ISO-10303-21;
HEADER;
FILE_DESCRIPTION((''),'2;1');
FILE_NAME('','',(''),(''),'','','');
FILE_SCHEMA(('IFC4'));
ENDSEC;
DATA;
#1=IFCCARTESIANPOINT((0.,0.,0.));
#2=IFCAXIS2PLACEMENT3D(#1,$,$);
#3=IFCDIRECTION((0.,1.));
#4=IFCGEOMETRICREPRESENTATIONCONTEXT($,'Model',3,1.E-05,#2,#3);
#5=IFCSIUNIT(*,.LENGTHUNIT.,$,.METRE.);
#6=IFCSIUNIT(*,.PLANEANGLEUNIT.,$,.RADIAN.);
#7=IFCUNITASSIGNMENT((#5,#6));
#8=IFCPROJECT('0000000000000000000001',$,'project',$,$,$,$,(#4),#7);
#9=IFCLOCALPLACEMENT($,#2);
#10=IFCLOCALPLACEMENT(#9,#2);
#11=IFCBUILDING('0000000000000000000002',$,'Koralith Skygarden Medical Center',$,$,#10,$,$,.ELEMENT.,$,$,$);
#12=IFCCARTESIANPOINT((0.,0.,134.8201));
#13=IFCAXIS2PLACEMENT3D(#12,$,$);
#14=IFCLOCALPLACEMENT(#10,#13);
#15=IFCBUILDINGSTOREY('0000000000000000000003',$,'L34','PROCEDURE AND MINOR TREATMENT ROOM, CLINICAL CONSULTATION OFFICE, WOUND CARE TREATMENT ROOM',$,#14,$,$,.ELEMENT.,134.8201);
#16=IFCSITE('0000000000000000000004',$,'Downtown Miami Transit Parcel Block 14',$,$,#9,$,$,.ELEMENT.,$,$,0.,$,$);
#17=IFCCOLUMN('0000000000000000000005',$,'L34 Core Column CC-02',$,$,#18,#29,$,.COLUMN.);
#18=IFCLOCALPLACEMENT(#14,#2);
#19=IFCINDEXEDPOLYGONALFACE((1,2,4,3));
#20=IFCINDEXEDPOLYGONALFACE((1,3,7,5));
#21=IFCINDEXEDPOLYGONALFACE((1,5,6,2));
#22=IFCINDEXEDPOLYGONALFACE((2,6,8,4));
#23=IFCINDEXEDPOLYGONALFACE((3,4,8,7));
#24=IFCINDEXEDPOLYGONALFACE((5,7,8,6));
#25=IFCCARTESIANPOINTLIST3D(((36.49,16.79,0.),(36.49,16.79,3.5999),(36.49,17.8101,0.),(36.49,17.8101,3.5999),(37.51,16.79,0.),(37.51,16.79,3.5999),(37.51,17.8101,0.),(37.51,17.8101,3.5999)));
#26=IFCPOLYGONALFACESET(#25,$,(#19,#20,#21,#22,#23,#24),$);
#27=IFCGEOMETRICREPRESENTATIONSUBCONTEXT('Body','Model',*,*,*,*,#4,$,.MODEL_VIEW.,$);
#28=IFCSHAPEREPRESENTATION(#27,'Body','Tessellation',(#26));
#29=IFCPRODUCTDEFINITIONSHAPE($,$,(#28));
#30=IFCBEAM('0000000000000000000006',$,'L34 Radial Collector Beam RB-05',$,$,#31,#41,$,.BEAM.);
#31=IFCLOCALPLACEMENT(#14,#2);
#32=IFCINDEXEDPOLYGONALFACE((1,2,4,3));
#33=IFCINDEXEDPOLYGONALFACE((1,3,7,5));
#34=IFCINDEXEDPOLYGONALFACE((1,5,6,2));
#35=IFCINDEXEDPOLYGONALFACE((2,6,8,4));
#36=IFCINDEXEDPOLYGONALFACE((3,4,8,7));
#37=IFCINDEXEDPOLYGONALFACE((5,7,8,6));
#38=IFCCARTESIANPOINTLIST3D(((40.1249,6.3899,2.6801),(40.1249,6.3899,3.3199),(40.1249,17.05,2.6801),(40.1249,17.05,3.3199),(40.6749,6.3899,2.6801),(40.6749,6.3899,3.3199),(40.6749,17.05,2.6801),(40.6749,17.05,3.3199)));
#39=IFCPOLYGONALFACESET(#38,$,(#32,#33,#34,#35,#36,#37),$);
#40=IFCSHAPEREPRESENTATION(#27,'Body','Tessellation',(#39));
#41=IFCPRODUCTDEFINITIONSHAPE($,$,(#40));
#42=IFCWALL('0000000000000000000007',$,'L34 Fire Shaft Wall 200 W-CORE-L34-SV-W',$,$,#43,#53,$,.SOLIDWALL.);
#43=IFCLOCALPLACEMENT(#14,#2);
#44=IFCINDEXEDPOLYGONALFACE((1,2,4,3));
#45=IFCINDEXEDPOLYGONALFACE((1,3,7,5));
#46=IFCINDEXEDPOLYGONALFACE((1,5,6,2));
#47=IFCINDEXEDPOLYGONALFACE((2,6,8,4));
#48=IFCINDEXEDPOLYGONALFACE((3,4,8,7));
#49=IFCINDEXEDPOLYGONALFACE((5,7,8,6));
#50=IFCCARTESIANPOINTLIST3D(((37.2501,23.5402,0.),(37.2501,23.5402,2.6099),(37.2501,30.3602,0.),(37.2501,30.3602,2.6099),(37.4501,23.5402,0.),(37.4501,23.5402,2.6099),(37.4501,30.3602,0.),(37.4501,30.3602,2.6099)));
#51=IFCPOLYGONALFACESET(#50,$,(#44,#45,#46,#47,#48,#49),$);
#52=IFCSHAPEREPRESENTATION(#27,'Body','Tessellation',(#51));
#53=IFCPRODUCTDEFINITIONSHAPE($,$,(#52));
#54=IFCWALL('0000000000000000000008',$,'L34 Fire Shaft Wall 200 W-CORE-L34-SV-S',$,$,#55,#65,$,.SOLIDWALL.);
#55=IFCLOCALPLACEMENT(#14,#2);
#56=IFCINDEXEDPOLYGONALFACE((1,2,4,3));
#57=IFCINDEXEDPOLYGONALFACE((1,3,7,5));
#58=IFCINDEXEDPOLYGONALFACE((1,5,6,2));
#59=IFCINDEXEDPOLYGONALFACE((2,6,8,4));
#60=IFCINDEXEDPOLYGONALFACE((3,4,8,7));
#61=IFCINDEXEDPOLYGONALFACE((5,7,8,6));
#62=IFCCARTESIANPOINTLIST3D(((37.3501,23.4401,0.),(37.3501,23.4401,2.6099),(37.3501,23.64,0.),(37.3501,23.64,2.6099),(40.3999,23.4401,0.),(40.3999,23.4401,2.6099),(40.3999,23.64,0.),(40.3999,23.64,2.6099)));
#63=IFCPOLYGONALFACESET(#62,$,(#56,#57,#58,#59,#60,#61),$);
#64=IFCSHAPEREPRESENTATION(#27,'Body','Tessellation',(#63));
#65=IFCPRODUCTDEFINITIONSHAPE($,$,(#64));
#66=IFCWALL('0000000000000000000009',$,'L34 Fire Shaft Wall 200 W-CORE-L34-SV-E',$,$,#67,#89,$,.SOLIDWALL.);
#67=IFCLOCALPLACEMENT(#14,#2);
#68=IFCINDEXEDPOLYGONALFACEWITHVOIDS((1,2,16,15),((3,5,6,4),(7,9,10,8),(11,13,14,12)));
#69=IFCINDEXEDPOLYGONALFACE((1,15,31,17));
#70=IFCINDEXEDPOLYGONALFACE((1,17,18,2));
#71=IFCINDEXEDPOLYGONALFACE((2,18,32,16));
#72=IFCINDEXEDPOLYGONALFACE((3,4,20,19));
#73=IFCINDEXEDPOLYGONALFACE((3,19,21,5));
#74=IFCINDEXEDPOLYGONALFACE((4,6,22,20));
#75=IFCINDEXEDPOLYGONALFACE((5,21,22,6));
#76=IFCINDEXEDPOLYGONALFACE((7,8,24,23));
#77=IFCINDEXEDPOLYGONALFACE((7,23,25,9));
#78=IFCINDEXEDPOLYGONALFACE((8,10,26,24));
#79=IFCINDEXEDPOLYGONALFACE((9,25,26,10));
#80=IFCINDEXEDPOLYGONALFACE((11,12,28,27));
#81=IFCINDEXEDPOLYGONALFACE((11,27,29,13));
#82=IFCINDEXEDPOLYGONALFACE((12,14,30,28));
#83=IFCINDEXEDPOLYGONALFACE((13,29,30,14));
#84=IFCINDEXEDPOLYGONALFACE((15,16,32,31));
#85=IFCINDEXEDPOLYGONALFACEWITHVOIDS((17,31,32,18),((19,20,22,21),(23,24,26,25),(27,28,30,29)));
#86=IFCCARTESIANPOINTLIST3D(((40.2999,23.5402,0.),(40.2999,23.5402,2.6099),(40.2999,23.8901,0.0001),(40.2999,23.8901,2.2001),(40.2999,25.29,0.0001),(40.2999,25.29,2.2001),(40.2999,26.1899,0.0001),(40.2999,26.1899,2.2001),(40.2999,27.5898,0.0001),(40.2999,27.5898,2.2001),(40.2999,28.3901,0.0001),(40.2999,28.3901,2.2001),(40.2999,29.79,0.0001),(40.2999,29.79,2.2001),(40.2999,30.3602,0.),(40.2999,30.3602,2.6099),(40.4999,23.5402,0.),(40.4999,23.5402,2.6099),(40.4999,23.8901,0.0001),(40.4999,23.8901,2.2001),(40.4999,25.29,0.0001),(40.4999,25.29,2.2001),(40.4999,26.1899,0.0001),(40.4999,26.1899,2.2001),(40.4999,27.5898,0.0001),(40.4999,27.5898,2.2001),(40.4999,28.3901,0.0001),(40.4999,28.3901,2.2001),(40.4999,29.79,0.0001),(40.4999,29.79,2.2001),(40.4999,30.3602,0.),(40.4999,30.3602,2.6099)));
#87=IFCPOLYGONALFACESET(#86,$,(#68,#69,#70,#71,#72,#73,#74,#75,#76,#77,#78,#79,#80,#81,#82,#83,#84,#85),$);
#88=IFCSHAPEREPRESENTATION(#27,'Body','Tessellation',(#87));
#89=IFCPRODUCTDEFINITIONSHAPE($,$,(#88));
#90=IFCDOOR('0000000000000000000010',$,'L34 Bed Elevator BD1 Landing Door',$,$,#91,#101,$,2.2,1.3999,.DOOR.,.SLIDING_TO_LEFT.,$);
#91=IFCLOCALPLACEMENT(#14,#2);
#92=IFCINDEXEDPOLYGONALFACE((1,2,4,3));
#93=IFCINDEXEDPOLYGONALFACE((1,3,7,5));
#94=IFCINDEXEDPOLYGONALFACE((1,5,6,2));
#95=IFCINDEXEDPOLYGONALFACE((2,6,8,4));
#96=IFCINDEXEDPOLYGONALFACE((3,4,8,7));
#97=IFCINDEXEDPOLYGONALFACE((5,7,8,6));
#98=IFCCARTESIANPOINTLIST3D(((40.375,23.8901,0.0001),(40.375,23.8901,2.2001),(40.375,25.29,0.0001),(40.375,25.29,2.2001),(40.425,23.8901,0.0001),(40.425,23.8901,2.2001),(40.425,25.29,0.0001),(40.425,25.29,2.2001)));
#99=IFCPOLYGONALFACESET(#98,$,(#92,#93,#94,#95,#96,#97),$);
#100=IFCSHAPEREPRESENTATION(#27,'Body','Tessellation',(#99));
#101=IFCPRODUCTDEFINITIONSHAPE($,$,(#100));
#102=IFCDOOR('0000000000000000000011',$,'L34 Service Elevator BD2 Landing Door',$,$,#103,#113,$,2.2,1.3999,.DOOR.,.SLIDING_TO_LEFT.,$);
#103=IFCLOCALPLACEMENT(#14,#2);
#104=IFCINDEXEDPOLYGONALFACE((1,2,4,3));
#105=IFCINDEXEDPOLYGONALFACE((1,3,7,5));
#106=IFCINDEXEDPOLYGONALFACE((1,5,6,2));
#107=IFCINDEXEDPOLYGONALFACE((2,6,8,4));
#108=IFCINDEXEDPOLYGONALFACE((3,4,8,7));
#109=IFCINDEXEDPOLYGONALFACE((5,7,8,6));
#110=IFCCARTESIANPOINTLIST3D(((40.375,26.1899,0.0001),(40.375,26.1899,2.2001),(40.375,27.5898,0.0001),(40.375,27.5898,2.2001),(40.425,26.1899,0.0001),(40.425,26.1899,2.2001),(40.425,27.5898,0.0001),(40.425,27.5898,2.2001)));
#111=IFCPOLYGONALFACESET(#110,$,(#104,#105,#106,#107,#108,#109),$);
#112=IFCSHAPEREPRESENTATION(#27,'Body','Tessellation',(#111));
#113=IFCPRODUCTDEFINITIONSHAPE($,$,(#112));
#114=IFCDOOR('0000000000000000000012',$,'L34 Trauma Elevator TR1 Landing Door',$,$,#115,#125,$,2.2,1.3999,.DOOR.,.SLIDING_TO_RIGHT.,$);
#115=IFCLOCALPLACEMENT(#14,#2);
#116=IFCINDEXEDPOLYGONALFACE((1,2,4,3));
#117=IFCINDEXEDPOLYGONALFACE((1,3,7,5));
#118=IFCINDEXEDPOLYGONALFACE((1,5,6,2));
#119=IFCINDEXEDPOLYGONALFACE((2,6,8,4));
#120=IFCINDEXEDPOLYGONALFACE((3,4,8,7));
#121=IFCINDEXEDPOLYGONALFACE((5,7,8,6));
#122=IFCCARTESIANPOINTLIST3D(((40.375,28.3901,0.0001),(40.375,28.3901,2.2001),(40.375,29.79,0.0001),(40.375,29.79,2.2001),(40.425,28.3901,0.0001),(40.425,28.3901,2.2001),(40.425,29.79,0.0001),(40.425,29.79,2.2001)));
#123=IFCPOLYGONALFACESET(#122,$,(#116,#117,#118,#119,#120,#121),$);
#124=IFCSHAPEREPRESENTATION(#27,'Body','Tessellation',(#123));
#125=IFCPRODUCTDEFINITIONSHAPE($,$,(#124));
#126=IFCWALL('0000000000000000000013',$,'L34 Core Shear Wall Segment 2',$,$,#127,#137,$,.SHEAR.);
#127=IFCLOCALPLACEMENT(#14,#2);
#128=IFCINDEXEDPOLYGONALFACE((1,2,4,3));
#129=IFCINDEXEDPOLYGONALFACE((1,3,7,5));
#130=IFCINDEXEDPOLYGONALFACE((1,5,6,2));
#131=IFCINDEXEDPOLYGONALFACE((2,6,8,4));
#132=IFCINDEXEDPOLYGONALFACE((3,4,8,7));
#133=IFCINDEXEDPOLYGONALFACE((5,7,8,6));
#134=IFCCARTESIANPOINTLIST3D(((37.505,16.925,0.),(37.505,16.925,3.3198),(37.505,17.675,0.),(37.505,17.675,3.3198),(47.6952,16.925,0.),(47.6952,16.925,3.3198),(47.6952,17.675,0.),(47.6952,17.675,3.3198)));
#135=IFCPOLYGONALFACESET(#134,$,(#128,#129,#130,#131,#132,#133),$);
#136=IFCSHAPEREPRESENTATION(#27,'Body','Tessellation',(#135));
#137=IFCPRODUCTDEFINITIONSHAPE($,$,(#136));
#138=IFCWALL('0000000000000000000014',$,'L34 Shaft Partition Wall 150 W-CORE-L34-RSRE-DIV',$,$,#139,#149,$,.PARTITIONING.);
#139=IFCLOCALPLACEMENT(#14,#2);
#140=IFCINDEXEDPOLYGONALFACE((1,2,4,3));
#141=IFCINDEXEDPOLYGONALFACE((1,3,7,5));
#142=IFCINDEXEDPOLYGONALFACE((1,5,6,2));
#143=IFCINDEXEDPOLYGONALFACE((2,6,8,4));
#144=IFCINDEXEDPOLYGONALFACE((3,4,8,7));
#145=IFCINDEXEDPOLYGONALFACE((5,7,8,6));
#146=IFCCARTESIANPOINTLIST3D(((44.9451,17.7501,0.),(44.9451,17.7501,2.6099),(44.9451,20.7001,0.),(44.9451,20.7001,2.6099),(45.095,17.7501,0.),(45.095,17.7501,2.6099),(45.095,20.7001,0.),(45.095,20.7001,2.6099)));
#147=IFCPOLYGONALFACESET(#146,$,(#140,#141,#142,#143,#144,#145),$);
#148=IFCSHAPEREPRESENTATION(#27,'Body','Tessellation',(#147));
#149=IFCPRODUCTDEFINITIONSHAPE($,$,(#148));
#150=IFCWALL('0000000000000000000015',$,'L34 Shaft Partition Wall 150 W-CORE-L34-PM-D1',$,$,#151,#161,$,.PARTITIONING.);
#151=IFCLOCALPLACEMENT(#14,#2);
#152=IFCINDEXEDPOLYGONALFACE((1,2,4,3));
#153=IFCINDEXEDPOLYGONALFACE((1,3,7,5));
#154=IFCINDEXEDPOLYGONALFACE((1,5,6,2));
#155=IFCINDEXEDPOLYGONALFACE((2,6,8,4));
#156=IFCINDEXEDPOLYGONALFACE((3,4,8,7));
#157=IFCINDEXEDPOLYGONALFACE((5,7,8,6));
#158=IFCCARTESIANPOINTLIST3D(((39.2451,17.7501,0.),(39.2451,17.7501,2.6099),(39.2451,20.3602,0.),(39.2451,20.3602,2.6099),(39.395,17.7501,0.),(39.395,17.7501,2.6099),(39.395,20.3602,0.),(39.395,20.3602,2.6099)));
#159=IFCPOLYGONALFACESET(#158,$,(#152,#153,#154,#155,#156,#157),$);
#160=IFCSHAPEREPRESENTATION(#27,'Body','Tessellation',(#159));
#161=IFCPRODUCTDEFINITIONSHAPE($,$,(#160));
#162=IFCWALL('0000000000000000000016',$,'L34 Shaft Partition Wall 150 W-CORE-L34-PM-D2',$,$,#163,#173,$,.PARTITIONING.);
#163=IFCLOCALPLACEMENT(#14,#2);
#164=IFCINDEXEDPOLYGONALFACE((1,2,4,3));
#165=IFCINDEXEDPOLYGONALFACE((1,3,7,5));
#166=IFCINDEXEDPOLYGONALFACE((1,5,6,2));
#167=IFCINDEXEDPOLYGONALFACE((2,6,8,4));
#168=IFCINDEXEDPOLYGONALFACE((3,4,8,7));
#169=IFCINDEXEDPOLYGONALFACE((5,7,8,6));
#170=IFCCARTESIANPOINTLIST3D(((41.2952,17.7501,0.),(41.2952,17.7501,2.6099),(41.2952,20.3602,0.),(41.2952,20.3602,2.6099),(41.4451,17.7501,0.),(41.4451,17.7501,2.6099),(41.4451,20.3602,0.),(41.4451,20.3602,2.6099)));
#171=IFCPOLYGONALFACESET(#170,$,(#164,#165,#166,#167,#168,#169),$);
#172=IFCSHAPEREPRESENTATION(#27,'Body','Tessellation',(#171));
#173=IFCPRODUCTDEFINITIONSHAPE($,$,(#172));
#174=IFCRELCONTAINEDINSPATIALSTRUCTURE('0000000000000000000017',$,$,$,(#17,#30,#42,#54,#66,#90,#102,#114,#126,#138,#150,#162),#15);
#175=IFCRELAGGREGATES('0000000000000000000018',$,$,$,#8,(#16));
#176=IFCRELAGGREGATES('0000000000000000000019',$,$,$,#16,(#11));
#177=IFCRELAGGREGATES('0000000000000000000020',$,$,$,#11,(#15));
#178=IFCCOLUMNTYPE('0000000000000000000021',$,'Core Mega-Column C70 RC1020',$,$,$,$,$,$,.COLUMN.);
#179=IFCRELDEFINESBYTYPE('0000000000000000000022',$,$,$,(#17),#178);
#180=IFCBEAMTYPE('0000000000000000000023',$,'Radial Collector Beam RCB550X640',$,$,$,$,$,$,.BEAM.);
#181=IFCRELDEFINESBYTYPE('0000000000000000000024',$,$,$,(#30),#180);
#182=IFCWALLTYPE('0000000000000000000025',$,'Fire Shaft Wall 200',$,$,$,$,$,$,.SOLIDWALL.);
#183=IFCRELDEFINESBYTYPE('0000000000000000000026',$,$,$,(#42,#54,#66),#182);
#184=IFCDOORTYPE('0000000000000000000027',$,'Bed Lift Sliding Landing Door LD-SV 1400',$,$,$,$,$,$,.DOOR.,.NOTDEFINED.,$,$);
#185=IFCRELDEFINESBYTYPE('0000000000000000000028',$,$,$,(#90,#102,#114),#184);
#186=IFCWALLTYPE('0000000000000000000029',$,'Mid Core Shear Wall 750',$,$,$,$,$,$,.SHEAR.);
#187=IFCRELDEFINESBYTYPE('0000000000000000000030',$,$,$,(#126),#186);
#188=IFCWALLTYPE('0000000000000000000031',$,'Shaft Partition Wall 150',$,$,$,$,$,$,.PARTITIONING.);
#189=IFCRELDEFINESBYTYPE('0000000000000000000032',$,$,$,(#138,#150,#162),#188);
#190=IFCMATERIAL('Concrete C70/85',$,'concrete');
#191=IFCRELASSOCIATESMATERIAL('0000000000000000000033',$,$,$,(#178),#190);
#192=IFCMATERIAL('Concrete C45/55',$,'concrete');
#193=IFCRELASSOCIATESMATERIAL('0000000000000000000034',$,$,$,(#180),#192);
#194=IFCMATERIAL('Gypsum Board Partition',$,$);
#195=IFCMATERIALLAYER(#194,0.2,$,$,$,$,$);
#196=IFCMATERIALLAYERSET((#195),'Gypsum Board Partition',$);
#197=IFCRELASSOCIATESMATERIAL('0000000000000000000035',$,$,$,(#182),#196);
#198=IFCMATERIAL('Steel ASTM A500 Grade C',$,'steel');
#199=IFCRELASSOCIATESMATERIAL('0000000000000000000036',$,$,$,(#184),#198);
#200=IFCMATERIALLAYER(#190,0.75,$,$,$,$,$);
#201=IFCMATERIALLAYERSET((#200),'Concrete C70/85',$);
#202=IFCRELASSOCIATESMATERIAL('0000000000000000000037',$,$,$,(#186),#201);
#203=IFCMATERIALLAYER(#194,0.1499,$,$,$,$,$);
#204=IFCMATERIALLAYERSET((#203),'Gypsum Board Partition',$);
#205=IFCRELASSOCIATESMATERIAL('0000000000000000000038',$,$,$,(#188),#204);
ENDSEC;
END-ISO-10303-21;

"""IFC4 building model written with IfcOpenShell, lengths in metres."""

from ifc_helpers import new_model, si_unit, direction, frame, frame_2d, origin, origin_2d, place, context, subcontext, project, spatial, rectangle, extrude, material, layer, layer_set, material_profile, profile_set, type_object, element, fill, save


model = new_model("IFC4")

# Units and contexts
model_context = context("Model", 3, precision=1e-05, world=origin(), true_north=direction((0.0, 1.0)))
body_context = subcontext(model_context, "Body", "Model", "MODEL_VIEW")
ifc_project = project(units=[si_unit("LENGTHUNIT", "METRE"), si_unit("PLANEANGLEUNIT", "RADIAN")], contexts=[model_context])

# Site, building, storey
site_placement = place(None, origin())
site = spatial("IfcSite", under=ifc_project, at=site_placement, Name="Downtown Miami Transit Parcel Block 14", CompositionType="ELEMENT", RefElevation=0.0)
building_placement = place(site_placement, origin())
building = spatial("IfcBuilding", under=site, at=building_placement, Name="Koralith Skygarden Medical Center", CompositionType="ELEMENT")
storey_placement = place(building_placement, frame((0.0, 0.0, 134.8201)))
storey = spatial("IfcBuildingStorey", under=building, at=storey_placement, Name="L34", Description="PROCEDURE AND MINOR TREATMENT ROOM, CLINICAL CONSULTATION OFFICE, WOUND CARE TREATMENT ROOM", CompositionType="ELEMENT", Elevation=134.8201)

# Column
ifc_material_1 = material(Name="Concrete C70/85", Category="concrete")
ifc_material_profile_1 = material_profile(ifc_material_1, rectangle(XDim=1.02, YDim=1.02, at=origin_2d()), Name="RC1020X1020")
ifc_profile_set_1 = profile_set([ifc_material_profile_1], Name="Concrete C70/85")
column_type = type_object("IfcColumnType", Name="Core Mega-Column C70 RC1020", PredefinedType="COLUMN", material=ifc_profile_set_1)
column_placement = place(storey_placement, frame((37.0, 17.3, 0.0), z_axis=(0.0, 0.0, 1.0), x_axis=(1.0, 0.0, 0.0)))
element("IfcColumn", 1, at=column_placement, inside=storey, type_object=column_type, Name="L34 Core Column CC-02", PredefinedType="COLUMN", context=body_context, shape_type="SweptSolid", body=[
    extrude(rectangle(XDim=1.02, YDim=1.02, at=origin_2d()), origin(), (0.0, 0.0, 1.0), 3.5999),
])

# Beam
ifc_material_2 = material(Name="Concrete C45/55", Category="concrete")
ifc_material_profile_2 = material_profile(ifc_material_2, rectangle(XDim=0.55, YDim=0.6399, at=origin_2d()), Name="RCB550X640")
ifc_profile_set_2 = profile_set([ifc_material_profile_2], Name="Concrete C45/55")
beam_type = type_object("IfcBeamType", Name="Radial Collector Beam RCB550X640", PredefinedType="BEAM", material=ifc_profile_set_2)
beam_placement = place(storey_placement, frame((40.3999, 17.05, 3.0), z_axis=(0.0, -1.0, 0.0), x_axis=(1.0, 0.0, 0.0)))
element("IfcBeam", 2, at=beam_placement, inside=storey, type_object=beam_type, Name="L34 Radial Collector Beam RB-05", PredefinedType="BEAM", context=body_context, shape_type="SweptSolid", body=[
    extrude(rectangle(XDim=0.55, YDim=0.6399, at=origin_2d()), origin(), (0.0, 0.0, 1.0), 10.6602),
])

# Shared definitions
ifc_material_3 = material(Name="Gypsum Board Partition")
ifc_layer_1 = layer(ifc_material_3, 0.2)
ifc_layer_set_1 = layer_set([ifc_layer_1], Name="Gypsum Board Partition")
wall_type_1 = type_object("IfcWallType", Name="Fire Shaft Wall 200", PredefinedType="SOLIDWALL", material=ifc_layer_set_1)
ifc_material_4 = material(Name="Steel ASTM A500 Grade C", Category="steel")

# Walls
wall_1_placement = place(storey_placement, frame((37.3501, 23.54, 0.0), z_axis=(0.0, 0.0, 1.0), x_axis=(0.0, 1.0, 0.0)))
element("IfcWall", 3, at=wall_1_placement, inside=storey, type_object=wall_type_1, Name="L34 Fire Shaft Wall 200 W-CORE-L34-SV-W", PredefinedType="SOLIDWALL", context=body_context, shape_type="SweptSolid", body=[
    extrude(rectangle(XDim=6.8201, YDim=0.2, at=frame_2d((3.4102, 0.0))), origin(), (0.0, 0.0, 1.0), 2.6099),
])
wall_2_placement = place(storey_placement, frame((37.3501, 23.54, 0.0), z_axis=(0.0, 0.0, 1.0), x_axis=(1.0, 0.0, 0.0)))
element("IfcWall", 4, at=wall_2_placement, inside=storey, type_object=wall_type_1, Name="L34 Fire Shaft Wall 200 W-CORE-L34-SV-S", PredefinedType="SOLIDWALL", context=body_context, shape_type="SweptSolid", body=[
    extrude(rectangle(XDim=3.0498, YDim=0.2, at=frame_2d((1.5249, 0.0))), origin(), (0.0, 0.0, 1.0), 2.6099),
])

# Wall, openings, doors
wall_3_placement = place(storey_placement, frame((40.3999, 23.54, 0.0), z_axis=(0.0, 0.0, 1.0), x_axis=(0.0, 1.0, 0.0)))
wall_3 = element("IfcWall", 5, at=wall_3_placement, inside=storey, type_object=wall_type_1, Name="L34 Fire Shaft Wall 200 W-CORE-L34-SV-E", PredefinedType="SOLIDWALL", context=body_context, shape_type="SweptSolid", body=[
    extrude(rectangle(XDim=6.8201, YDim=0.2, at=frame_2d((3.4102, 0.0))), origin(), (0.0, 0.0, 1.0), 2.6099),
])
opening_1_placement = place(wall_3_placement, frame((0.3501, 0.0, 0.0)))
opening_1 = element("IfcOpeningElement", 6, at=opening_1_placement, cuts=wall_3, PredefinedType="OPENING", context=body_context, shape_type="SweptSolid", body=[
    extrude(rectangle(XDim=1.3999, YDim=2.2, at=frame_2d((0.7, 1.1001))), frame((0.0, 0.1099, 0.0), z_axis=(0.0, -1.0, 0.0), x_axis=(1.0, 0.0, 0.0)), (0.0, 0.0, 1.0), 0.22),
])
opening_2_placement = place(wall_3_placement, frame((2.6499, 0.0, 0.0)))
opening_2 = element("IfcOpeningElement", 7, at=opening_2_placement, cuts=wall_3, PredefinedType="OPENING", context=body_context, shape_type="SweptSolid", body=[
    extrude(rectangle(XDim=1.3999, YDim=2.2, at=frame_2d((0.7, 1.1001))), frame((0.0, 0.1099, 0.0), z_axis=(0.0, -1.0, 0.0), x_axis=(1.0, 0.0, 0.0)), (0.0, 0.0, 1.0), 0.22),
])
opening_3_placement = place(wall_3_placement, frame((4.8501, 0.0, 0.0)))
opening_3 = element("IfcOpeningElement", 8, at=opening_3_placement, cuts=wall_3, PredefinedType="OPENING", context=body_context, shape_type="SweptSolid", body=[
    extrude(rectangle(XDim=1.3999, YDim=2.2, at=frame_2d((0.7, 1.1001))), frame((0.0, 0.1099, 0.0), z_axis=(0.0, -1.0, 0.0), x_axis=(1.0, 0.0, 0.0)), (0.0, 0.0, 1.0), 0.22),
])
door_type_1 = type_object("IfcDoorType", Name="Bed Lift Sliding Landing Door LD-SV 1400", OperationType="NOTDEFINED", PredefinedType="DOOR", material=ifc_material_4)
door_1_placement = place(opening_1_placement, origin())
door_1 = element("IfcDoor", 9, at=door_1_placement, inside=storey, type_object=door_type_1, Name="L34 Bed Elevator BD1 Landing Door", OperationType="SLIDING_TO_LEFT", OverallHeight=2.2, OverallWidth=1.3999, PredefinedType="DOOR", context=body_context, shape_type="SweptSolid", body=[
    extrude(rectangle(XDim=1.3999, YDim=2.2, at=frame_2d((0.7, 1.1001))), frame((0.0, 0.0249, 0.0), z_axis=(0.0, -1.0, 0.0), x_axis=(1.0, 0.0, 0.0)), (0.0, 0.0, 1.0), 0.05),
])
fill(opening_1, door_1)
door_2_placement = place(opening_2_placement, origin())
door_2 = element("IfcDoor", 10, at=door_2_placement, inside=storey, type_object=door_type_1, Name="L34 Service Elevator BD2 Landing Door", OperationType="SLIDING_TO_LEFT", OverallHeight=2.2, OverallWidth=1.3999, PredefinedType="DOOR", context=body_context, shape_type="SweptSolid", body=[
    extrude(rectangle(XDim=1.3999, YDim=2.2, at=frame_2d((0.7, 1.1001))), frame((0.0, 0.0249, 0.0), z_axis=(0.0, -1.0, 0.0), x_axis=(1.0, 0.0, 0.0)), (0.0, 0.0, 1.0), 0.05),
])
fill(opening_2, door_2)
door_3_placement = place(opening_3_placement, origin())
door_3 = element("IfcDoor", 11, at=door_3_placement, inside=storey, type_object=door_type_1, Name="L34 Trauma Elevator TR1 Landing Door", OperationType="SLIDING_TO_RIGHT", OverallHeight=2.2, OverallWidth=1.3999, PredefinedType="DOOR", context=body_context, shape_type="SweptSolid", body=[
    extrude(rectangle(XDim=1.3999, YDim=2.2, at=frame_2d((0.7, 1.1001))), frame((0.0, 0.0249, 0.0), z_axis=(0.0, -1.0, 0.0), x_axis=(1.0, 0.0, 0.0)), (0.0, 0.0, 1.0), 0.05),
])
fill(opening_3, door_3)

# Walls
ifc_layer_2 = layer(ifc_material_1, 0.75)
ifc_layer_set_2 = layer_set([ifc_layer_2], Name="Concrete C70/85")
wall_type_2 = type_object("IfcWallType", Name="Mid Core Shear Wall 750", PredefinedType="SHEAR", material=ifc_layer_set_2)
wall_4_placement = place(storey_placement, frame((37.5049, 17.3, 0.0), z_axis=(0.0, 0.0, 1.0), x_axis=(1.0, 0.0, 0.0)))
element("IfcWall", 12, at=wall_4_placement, inside=storey, type_object=wall_type_2, Name="L34 Core Shear Wall Segment 2", PredefinedType="SHEAR", context=body_context, shape_type="SweptSolid", body=[
    extrude(rectangle(XDim=10.1902, YDim=0.75, at=frame_2d((5.0952, 0.0))), origin(), (0.0, 0.0, 1.0), 3.3198),
])
ifc_layer_3 = layer(ifc_material_3, 0.1499)
ifc_layer_set_3 = layer_set([ifc_layer_3], Name="Gypsum Board Partition")
wall_type_3 = type_object("IfcWallType", Name="Shaft Partition Wall 150", PredefinedType="PARTITIONING", material=ifc_layer_set_3)
wall_5_placement = place(storey_placement, frame((45.02, 17.75, 0.0), z_axis=(0.0, 0.0, 1.0), x_axis=(0.0, 1.0, 0.0)))
element("IfcWall", 13, at=wall_5_placement, inside=storey, type_object=wall_type_3, Name="L34 Shaft Partition Wall 150 W-CORE-L34-RSRE-DIV", PredefinedType="PARTITIONING", context=body_context, shape_type="SweptSolid", body=[
    extrude(rectangle(XDim=2.95, YDim=0.1499, at=frame_2d((1.4751, 0.0))), origin(), (0.0, 0.0, 1.0), 2.6099),
])
for number, where, z_axis, x_axis, name in (
    (14, (39.3201, 17.75, 0.0), (0.0, 0.0, 1.0), (0.0, 1.0, 0.0), "L34 Shaft Partition Wall 150 W-CORE-L34-PM-D1"),
    (15, (41.3701, 17.75, 0.0), (0.0, 0.0, 1.0), (0.0, 1.0, 0.0), "L34 Shaft Partition Wall 150 W-CORE-L34-PM-D2"),
):
    element("IfcWall", number, at=place(storey_placement, frame(where, z_axis=z_axis, x_axis=x_axis)), inside=storey, type_object=wall_type_3, Name=name, PredefinedType="PARTITIONING", context=body_context, shape_type="SweptSolid", body=[
        extrude(rectangle(XDim=2.6101, YDim=0.1499, at=frame_2d((1.3052, 0.0))), origin(), (0.0, 0.0, 1.0), 2.6099),
    ])

save(model, "model.ifc")
